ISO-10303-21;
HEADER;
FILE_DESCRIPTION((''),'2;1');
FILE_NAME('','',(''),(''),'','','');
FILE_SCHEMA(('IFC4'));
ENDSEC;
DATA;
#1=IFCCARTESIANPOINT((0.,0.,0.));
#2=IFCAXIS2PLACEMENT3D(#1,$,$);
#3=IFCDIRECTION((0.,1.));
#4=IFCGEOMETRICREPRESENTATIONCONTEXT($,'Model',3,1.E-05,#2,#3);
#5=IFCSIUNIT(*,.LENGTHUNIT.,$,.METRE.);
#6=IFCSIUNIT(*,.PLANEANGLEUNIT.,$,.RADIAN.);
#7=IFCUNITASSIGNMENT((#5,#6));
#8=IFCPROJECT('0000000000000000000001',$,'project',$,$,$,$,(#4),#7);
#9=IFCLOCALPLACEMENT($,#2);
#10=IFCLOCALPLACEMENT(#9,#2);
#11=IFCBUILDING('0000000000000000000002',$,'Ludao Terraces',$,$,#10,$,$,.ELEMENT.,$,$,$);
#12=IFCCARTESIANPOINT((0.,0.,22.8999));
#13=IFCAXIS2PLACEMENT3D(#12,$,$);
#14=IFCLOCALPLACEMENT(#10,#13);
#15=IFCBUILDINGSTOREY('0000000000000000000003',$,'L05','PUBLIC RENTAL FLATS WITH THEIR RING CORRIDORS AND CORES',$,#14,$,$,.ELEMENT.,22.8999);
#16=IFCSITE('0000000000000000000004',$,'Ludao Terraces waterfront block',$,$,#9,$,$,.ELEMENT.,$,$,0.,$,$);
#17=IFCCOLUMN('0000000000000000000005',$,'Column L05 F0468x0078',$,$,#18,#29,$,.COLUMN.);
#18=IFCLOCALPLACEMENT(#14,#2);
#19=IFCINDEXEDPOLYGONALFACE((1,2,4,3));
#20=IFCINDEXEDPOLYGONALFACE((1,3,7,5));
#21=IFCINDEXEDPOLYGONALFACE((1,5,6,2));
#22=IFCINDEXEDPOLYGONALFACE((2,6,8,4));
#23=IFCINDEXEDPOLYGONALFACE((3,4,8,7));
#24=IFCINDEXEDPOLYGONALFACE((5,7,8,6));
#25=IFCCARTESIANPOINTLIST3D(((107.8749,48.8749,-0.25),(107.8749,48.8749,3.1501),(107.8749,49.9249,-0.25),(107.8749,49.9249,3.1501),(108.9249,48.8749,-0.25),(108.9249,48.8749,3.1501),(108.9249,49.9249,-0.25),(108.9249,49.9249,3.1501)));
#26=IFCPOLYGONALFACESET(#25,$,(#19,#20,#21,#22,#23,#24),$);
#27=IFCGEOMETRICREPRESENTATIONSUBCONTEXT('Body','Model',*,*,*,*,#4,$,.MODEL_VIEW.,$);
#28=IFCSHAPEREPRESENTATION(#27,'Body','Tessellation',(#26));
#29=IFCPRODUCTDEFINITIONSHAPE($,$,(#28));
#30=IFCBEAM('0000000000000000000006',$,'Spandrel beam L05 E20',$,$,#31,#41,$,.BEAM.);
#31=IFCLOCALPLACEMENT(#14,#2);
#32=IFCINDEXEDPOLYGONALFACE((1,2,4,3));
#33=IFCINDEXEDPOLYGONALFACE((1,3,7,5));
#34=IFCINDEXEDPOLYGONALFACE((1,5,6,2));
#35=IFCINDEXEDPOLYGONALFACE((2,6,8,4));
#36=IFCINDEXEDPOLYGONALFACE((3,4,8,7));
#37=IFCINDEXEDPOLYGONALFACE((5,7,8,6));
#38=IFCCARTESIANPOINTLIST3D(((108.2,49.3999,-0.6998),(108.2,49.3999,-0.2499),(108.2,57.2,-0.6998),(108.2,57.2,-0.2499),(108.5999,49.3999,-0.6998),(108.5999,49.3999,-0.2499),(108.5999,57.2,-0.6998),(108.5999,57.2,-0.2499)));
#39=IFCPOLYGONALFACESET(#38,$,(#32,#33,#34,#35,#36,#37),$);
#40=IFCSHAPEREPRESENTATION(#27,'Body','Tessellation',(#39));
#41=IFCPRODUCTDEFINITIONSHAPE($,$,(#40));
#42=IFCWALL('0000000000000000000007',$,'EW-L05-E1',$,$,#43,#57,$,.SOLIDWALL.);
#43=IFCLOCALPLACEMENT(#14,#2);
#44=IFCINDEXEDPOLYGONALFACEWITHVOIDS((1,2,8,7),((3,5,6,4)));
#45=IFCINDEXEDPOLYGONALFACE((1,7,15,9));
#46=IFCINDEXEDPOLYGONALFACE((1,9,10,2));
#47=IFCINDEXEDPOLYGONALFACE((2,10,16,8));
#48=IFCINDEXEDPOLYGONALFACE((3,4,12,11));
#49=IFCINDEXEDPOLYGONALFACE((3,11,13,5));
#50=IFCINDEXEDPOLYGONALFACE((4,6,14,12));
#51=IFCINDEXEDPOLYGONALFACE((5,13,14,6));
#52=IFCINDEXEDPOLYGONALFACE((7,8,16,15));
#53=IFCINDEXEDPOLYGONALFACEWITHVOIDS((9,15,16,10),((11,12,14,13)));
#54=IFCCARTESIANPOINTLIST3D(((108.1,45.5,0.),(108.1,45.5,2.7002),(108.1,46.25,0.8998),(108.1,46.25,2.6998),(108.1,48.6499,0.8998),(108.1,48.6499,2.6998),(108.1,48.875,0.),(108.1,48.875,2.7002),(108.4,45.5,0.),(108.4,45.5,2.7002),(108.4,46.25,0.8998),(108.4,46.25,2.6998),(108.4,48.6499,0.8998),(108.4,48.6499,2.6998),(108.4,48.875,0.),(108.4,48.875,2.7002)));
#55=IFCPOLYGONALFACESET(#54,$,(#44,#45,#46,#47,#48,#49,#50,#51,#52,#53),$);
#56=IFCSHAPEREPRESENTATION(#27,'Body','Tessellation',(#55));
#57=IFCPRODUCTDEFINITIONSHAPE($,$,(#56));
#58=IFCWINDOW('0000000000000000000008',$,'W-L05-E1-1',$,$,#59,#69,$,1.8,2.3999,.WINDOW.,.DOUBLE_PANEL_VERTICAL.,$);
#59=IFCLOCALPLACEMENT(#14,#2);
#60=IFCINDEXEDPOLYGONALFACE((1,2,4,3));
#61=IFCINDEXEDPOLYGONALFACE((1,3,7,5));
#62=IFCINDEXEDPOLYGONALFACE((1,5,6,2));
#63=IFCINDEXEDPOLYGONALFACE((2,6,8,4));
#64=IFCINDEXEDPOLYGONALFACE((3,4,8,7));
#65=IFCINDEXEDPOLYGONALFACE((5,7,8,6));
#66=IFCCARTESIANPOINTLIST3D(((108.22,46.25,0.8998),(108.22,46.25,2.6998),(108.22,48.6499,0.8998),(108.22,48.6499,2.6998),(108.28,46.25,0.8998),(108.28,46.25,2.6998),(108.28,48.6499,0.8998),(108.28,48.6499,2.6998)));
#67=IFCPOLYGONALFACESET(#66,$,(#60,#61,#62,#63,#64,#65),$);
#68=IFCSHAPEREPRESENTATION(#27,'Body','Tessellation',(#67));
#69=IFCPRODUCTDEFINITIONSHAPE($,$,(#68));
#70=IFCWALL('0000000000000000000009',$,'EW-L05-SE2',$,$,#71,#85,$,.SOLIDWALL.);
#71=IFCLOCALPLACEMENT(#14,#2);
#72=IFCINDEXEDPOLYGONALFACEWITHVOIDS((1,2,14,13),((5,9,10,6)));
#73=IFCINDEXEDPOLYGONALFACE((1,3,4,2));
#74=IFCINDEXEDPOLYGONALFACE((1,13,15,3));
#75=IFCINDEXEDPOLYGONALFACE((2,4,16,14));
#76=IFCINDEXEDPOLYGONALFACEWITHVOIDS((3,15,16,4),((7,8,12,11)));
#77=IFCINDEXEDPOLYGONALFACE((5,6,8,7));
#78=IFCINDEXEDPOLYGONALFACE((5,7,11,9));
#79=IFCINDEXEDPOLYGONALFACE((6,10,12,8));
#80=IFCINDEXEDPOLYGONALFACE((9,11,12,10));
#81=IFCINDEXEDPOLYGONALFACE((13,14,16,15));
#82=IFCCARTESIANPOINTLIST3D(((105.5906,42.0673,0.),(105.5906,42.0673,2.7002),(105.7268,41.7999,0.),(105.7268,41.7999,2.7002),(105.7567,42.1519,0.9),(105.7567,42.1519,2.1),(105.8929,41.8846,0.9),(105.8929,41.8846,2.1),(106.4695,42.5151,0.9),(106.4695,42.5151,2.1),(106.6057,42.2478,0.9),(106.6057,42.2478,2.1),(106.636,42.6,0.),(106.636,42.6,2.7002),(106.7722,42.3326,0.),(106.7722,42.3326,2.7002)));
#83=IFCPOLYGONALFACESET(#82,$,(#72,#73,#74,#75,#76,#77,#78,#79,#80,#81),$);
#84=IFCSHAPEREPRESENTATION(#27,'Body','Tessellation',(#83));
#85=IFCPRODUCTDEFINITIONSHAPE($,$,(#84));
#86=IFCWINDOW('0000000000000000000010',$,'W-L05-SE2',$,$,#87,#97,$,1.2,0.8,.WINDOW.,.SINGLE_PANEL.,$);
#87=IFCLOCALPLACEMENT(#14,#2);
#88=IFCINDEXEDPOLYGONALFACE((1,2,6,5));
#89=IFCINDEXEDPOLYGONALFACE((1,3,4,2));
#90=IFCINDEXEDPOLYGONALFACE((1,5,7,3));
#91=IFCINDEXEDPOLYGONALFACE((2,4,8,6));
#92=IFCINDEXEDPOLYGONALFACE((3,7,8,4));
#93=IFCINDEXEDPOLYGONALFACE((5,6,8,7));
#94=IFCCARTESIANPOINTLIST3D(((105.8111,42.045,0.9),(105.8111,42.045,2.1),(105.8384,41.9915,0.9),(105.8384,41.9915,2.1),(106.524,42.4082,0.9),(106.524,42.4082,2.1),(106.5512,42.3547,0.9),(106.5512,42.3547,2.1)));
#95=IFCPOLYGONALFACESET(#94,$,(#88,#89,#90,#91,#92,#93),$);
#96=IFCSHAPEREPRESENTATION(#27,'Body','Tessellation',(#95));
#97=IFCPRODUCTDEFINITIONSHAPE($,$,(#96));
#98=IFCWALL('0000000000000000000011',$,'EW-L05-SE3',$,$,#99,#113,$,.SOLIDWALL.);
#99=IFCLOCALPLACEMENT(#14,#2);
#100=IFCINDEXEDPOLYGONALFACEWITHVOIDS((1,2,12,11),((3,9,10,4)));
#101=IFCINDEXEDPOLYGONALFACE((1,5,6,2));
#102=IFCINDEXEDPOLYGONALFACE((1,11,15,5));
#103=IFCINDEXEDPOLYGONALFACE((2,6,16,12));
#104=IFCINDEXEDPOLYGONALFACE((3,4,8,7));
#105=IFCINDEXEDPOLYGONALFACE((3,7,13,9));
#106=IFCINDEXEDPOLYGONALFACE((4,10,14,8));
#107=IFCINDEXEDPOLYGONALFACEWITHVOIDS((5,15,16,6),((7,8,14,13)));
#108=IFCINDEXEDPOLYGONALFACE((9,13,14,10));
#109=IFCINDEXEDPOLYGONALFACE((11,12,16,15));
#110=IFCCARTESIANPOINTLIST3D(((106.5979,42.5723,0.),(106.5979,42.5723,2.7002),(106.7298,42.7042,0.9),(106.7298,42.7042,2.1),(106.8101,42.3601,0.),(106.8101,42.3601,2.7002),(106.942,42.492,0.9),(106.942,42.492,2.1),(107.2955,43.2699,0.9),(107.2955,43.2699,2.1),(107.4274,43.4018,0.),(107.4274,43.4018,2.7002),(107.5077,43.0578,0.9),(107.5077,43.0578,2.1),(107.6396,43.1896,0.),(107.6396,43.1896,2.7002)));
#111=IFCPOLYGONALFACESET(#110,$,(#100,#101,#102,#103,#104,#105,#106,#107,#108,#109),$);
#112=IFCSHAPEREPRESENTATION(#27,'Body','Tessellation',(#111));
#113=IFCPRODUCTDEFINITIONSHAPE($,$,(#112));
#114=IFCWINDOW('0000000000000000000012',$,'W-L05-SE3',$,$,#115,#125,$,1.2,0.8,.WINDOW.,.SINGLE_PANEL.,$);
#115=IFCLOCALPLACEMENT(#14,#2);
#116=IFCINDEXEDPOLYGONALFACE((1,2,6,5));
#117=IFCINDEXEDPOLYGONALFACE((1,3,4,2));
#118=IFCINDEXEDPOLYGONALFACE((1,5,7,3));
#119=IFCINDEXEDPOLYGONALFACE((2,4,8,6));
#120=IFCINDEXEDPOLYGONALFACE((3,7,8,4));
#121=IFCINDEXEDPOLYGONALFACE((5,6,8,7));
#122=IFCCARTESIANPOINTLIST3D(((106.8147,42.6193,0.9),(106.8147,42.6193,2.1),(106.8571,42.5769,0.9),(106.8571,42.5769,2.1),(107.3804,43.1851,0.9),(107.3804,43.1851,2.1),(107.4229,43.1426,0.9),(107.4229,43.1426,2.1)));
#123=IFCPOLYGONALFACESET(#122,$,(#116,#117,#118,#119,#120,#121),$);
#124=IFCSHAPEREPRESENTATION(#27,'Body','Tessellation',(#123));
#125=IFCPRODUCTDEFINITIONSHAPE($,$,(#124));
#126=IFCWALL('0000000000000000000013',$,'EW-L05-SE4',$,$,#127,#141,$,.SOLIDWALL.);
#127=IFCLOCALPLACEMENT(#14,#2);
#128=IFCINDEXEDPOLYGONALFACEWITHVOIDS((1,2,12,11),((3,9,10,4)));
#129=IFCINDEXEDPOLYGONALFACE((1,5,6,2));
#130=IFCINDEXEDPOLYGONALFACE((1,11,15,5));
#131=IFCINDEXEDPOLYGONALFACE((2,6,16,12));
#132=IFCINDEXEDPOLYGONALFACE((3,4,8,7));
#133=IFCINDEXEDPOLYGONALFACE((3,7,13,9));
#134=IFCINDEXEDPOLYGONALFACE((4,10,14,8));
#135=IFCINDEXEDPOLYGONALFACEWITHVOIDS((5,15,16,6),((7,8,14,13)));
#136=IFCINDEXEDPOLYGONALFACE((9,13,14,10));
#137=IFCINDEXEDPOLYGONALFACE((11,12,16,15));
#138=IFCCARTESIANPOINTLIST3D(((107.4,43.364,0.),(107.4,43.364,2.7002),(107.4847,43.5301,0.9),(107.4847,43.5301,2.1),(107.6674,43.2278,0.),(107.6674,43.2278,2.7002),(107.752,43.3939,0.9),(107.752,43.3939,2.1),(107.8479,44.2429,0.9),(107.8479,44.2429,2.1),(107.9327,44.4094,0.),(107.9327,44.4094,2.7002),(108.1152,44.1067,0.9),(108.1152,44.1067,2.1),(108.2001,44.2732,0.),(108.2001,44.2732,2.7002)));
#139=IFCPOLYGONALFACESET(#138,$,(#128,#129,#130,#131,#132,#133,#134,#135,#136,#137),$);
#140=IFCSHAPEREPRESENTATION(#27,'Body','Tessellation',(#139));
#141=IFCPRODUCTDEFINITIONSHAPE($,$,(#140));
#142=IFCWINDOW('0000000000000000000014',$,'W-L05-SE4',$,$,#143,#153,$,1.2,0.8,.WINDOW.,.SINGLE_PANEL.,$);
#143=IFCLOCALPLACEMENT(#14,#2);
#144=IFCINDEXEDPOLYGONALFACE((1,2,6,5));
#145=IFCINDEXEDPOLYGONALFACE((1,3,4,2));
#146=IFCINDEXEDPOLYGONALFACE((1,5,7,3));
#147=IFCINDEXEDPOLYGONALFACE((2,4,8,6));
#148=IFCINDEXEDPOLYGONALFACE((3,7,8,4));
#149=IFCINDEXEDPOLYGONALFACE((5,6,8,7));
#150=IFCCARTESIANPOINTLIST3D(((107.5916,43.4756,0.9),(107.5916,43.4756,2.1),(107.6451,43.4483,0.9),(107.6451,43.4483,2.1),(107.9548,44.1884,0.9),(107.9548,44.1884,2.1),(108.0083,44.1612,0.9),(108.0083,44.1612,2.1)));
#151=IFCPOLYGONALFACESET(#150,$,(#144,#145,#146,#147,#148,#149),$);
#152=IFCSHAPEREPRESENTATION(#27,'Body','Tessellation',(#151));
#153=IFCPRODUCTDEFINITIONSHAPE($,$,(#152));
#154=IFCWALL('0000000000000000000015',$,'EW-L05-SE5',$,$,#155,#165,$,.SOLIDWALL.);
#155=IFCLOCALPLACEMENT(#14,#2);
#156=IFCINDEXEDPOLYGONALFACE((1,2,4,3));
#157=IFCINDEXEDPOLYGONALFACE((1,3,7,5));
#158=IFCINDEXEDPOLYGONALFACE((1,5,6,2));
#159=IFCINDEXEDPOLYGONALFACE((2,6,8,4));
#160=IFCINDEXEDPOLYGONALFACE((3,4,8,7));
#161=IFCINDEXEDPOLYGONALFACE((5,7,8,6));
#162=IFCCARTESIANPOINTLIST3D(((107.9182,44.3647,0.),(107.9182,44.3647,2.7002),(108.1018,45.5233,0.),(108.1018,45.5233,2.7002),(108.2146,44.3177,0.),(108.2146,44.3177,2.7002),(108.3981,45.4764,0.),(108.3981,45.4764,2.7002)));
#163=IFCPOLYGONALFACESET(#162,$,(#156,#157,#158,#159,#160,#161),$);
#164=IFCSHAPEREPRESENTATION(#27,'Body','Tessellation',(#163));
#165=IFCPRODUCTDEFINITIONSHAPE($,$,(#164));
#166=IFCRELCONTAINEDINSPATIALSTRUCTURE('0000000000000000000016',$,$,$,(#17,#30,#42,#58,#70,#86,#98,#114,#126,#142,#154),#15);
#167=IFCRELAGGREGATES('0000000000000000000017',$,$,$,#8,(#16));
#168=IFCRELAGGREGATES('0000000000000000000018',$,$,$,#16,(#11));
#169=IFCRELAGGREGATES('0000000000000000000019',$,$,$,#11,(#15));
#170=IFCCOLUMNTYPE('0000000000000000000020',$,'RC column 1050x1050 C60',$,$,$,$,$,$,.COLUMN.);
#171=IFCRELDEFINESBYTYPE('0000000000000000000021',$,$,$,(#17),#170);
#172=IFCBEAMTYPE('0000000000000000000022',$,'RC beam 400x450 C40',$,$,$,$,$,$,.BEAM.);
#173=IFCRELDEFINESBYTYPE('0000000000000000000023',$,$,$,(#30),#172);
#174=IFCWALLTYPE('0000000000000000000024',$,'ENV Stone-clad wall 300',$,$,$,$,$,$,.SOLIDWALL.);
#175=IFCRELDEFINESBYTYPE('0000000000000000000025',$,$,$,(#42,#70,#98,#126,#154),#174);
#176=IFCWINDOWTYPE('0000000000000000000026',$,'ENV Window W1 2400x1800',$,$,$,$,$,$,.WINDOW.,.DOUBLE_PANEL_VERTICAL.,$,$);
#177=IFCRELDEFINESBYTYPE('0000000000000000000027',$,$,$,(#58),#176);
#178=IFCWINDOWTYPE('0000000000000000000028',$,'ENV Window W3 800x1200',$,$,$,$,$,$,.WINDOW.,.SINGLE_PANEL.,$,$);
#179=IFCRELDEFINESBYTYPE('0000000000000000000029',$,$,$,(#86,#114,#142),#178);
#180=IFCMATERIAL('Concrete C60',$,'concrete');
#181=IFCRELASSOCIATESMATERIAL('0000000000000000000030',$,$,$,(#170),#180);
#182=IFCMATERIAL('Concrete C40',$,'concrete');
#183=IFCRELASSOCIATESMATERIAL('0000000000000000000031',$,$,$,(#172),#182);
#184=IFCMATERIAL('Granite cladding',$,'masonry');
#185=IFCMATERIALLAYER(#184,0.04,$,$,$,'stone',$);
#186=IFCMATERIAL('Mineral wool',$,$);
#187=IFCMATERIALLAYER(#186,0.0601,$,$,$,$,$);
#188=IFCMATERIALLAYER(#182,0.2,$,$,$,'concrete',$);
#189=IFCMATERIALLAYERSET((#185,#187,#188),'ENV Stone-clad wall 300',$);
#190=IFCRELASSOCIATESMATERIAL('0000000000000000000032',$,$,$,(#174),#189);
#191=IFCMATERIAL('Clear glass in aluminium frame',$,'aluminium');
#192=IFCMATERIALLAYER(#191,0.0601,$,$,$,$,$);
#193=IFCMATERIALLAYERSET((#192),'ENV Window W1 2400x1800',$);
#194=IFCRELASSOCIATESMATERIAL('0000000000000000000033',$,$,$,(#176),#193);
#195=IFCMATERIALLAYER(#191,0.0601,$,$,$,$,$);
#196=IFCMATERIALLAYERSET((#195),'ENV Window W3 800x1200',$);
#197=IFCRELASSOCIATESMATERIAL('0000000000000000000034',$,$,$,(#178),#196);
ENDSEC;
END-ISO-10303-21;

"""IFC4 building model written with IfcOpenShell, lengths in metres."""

from ifc_helpers import new_model, si_unit, direction, frame, frame_2d, origin, origin_2d, place, context, subcontext, project, spatial, rectangle, extrude, material, layer, layer_set, material_profile, profile_set, type_object, element, fill, save


model = new_model("IFC4")

# Units and contexts
model_context = context("Model", 3, precision=1e-05, world=origin(), true_north=direction((0.0, 1.0)))
body_context = subcontext(model_context, "Body", "Model", "MODEL_VIEW")
ifc_project = project(units=[si_unit("LENGTHUNIT", "METRE"), si_unit("PLANEANGLEUNIT", "RADIAN")], contexts=[model_context])

# Site, building, storey
site_placement = place(None, origin())
site = spatial("IfcSite", under=ifc_project, at=site_placement, Name="Ludao Terraces waterfront block", CompositionType="ELEMENT", RefElevation=0.0)
building_placement = place(site_placement, origin())
building = spatial("IfcBuilding", under=site, at=building_placement, Name="Ludao Terraces", CompositionType="ELEMENT")
storey_placement = place(building_placement, frame((0.0, 0.0, 22.8999)))
storey = spatial("IfcBuildingStorey", under=building, at=storey_placement, Name="L05", Description="PUBLIC RENTAL FLATS WITH THEIR RING CORRIDORS AND CORES", CompositionType="ELEMENT", Elevation=22.8999)

# Column
ifc_material_1 = material(Name="Concrete C60", Category="concrete")
ifc_material_profile_1 = material_profile(ifc_material_1, rectangle(XDim=1.05, YDim=1.05, at=origin_2d()), Name="1050 X 1050")
ifc_profile_set_1 = profile_set([ifc_material_profile_1], Name="Concrete C60")
column_type = type_object("IfcColumnType", Name="RC column 1050x1050 C60", PredefinedType="COLUMN", material=ifc_profile_set_1)
column_placement = place(storey_placement, frame((108.3999, 49.3999, -0.25), z_axis=(0.0, 0.0, 1.0), x_axis=(1.0, 0.0, 0.0)))
element("IfcColumn", 1, at=column_placement, inside=storey, type_object=column_type, Name="Column L05 F0468x0078", PredefinedType="COLUMN", context=body_context, shape_type="SweptSolid", body=[
    extrude(rectangle(XDim=1.05, YDim=1.05, at=origin_2d()), origin(), (0.0, 0.0, 1.0), 3.4001),
])

# Beam
ifc_material_2 = material(Name="Concrete C40", Category="concrete")
ifc_material_profile_2 = material_profile(ifc_material_2, rectangle(XDim=0.3999, YDim=0.45, at=origin_2d()), Name="400 X 450")
ifc_profile_set_2 = profile_set([ifc_material_profile_2], Name="Concrete C40")
beam_type = type_object("IfcBeamType", Name="RC beam 400x450 C40", PredefinedType="BEAM", material=ifc_profile_set_2)
beam_placement = place(storey_placement, frame((108.3999, 49.3999, -0.4749), z_axis=(0.0, 1.0, 0.0), x_axis=(-1.0, 0.0, 0.0)))
element("IfcBeam", 2, at=beam_placement, inside=storey, type_object=beam_type, Name="Spandrel beam L05 E20", PredefinedType="BEAM", context=body_context, shape_type="SweptSolid", body=[
    extrude(rectangle(XDim=0.3999, YDim=0.45, at=origin_2d()), origin(), (0.0, 0.0, 1.0), 7.8),
])

# Walls, openings, windows
ifc_material_3 = material(Name="Granite cladding", Category="masonry")
ifc_layer_1 = layer(ifc_material_3, 0.04, Category="stone")
ifc_material_4 = material(Name="Mineral wool")
ifc_layer_2 = layer(ifc_material_4, 0.0601)
ifc_layer_3 = layer(ifc_material_2, 0.2, Category="concrete")
ifc_layer_set_1 = layer_set([ifc_layer_1, ifc_layer_2, ifc_layer_3], Name="ENV Stone-clad wall 300")
wall_type = type_object("IfcWallType", Name="ENV Stone-clad wall 300", PredefinedType="SOLIDWALL", material=ifc_layer_set_1)
wall_1_placement = place(storey_placement, frame((108.25, 45.5, 0.0), z_axis=(0.0, 0.0, 1.0), x_axis=(0.0, 1.0, 0.0)))
wall_1 = element("IfcWall", 3, at=wall_1_placement, inside=storey, type_object=wall_type, Name="EW-L05-E1", PredefinedType="SOLIDWALL", context=body_context, shape_type="SweptSolid", body=[
    extrude(rectangle(XDim=3.375, YDim=0.3, at=frame_2d((1.6875, 0.0))), origin(), (0.0, 0.0, 1.0), 2.7002),
])
opening_1_placement = place(wall_1_placement, frame((0.75, 0.0, 0.8999)))
opening_1 = element("IfcOpeningElement", 4, at=opening_1_placement, cuts=wall_1, PredefinedType="OPENING", context=body_context, shape_type="SweptSolid", body=[
    extrude(rectangle(XDim=2.3999, YDim=1.8, at=frame_2d((1.2, 0.8999))), frame((0.0, 0.1602, 0.0), z_axis=(0.0, -1.0, 0.0), x_axis=(1.0, 0.0, 0.0)), (0.0, 0.0, 1.0), 0.3201),
])
ifc_material_5 = material(Name="Clear glass in aluminium frame", Category="aluminium")
ifc_layer_4 = layer(ifc_material_5, 0.0601)
ifc_layer_set_2 = layer_set([ifc_layer_4], Name="ENV Window W1 2400x1800")
window_type_1 = type_object("IfcWindowType", Name="ENV Window W1 2400x1800", PartitioningType="DOUBLE_PANEL_VERTICAL", PredefinedType="WINDOW", material=ifc_layer_set_2)
window_1_placement = place(opening_1_placement, origin())
window_1 = element("IfcWindow", 5, at=window_1_placement, inside=storey, type_object=window_type_1, Name="W-L05-E1-1", OverallHeight=1.8, OverallWidth=2.3999, PartitioningType="DOUBLE_PANEL_VERTICAL", PredefinedType="WINDOW", context=body_context, shape_type="SweptSolid", body=[
    extrude(rectangle(XDim=2.3999, YDim=1.8, at=frame_2d((1.2, 0.8999))), frame((0.0, 0.03, 0.0), z_axis=(0.0, -1.0, 0.0), x_axis=(1.0, 0.0, 0.0)), (0.0, 0.0, 1.0), 0.0601),
])
fill(opening_1, window_1)
wall_2_placement = place(storey_placement, frame((105.6587, 41.9336, 0.0), z_axis=(0.0, 0.0, 1.0), x_axis=(0.890989, 0.454026, 0.0)))
wall_2 = element("IfcWall", 6, at=wall_2_placement, inside=storey, type_object=wall_type, Name="EW-L05-SE2", PredefinedType="SOLIDWALL", context=body_context, shape_type="SweptSolid", body=[
    extrude(rectangle(XDim=1.1733, YDim=0.3, at=frame_2d((0.5867, 0.0))), origin(), (0.0, 0.0, 1.0), 2.7002),
])
opening_2_placement = place(wall_2_placement, frame((0.1865, 0.0, 0.8999)))
opening_2 = element("IfcOpeningElement", 7, at=opening_2_placement, cuts=wall_2, PredefinedType="OPENING", context=body_context, shape_type="SweptSolid", body=[
    extrude(rectangle(XDim=0.8, YDim=1.2, at=frame_2d((0.3999, 0.6001))), frame((0.0, 0.1602, 0.0), z_axis=(0.0, -1.0, 0.0), x_axis=(1.0, 0.0, 0.0)), (0.0, 0.0, 1.0), 0.3201),
])
ifc_layer_5 = layer(ifc_material_5, 0.0601)
ifc_layer_set_3 = layer_set([ifc_layer_5], Name="ENV Window W3 800x1200")
window_type_2 = type_object("IfcWindowType", Name="ENV Window W3 800x1200", PartitioningType="SINGLE_PANEL", PredefinedType="WINDOW", material=ifc_layer_set_3)
window_2_placement = place(opening_2_placement, origin())
window_2 = element("IfcWindow", 8, at=window_2_placement, inside=storey, type_object=window_type_2, Name="W-L05-SE2", OverallHeight=1.2, OverallWidth=0.8, PartitioningType="SINGLE_PANEL", PredefinedType="WINDOW", context=body_context, shape_type="SweptSolid", body=[
    extrude(rectangle(XDim=0.8, YDim=1.2, at=frame_2d((0.3999, 0.6001))), frame((0.0, 0.03, 0.0), z_axis=(0.0, -1.0, 0.0), x_axis=(1.0, 0.0, 0.0)), (0.0, 0.0, 1.0), 0.0601),
])
fill(opening_2, window_2)
wall_3_placement = place(storey_placement, frame((106.7041, 42.4663, 0.0), z_axis=(0.0, 0.0, 1.0), x_axis=(0.707107, 0.707107, 0.0)))
wall_3 = element("IfcWall", 9, at=wall_3_placement, inside=storey, type_object=wall_type, Name="EW-L05-SE3", PredefinedType="SOLIDWALL", context=body_context, shape_type="SweptSolid", body=[
    extrude(rectangle(XDim=1.1731, YDim=0.3, at=frame_2d((0.5864, 0.0))), origin(), (0.0, 0.0, 1.0), 2.7002),
])
opening_3_placement = place(wall_3_placement, frame((0.1865, 0.0, 0.8999)))
opening_3 = element("IfcOpeningElement", 10, at=opening_3_placement, cuts=wall_3, PredefinedType="OPENING", context=body_context, shape_type="SweptSolid", body=[
    extrude(rectangle(XDim=0.8, YDim=1.2, at=frame_2d((0.3999, 0.6001))), frame((0.0, 0.1602, 0.0), z_axis=(0.0, -1.0, 0.0), x_axis=(1.0, 0.0, 0.0)), (0.0, 0.0, 1.0), 0.3201),
])
window_3_placement = place(opening_3_placement, origin())
window_3 = element("IfcWindow", 11, at=window_3_placement, inside=storey, type_object=window_type_2, Name="W-L05-SE3", OverallHeight=1.2, OverallWidth=0.8, PartitioningType="SINGLE_PANEL", PredefinedType="WINDOW", context=body_context, shape_type="SweptSolid", body=[
    extrude(rectangle(XDim=0.8, YDim=1.2, at=frame_2d((0.3999, 0.6001))), frame((0.0, 0.03, 0.0), z_axis=(0.0, -1.0, 0.0), x_axis=(1.0, 0.0, 0.0)), (0.0, 0.0, 1.0), 0.0601),
])
fill(opening_3, window_3)
wall_4_placement = place(storey_placement, frame((107.5337, 43.2959, 0.0), z_axis=(0.0, 0.0, 1.0), x_axis=(0.454026, 0.890989, 0.0)))
wall_4 = element("IfcWall", 12, at=wall_4_placement, inside=storey, type_object=wall_type, Name="EW-L05-SE4", PredefinedType="SOLIDWALL", context=body_context, shape_type="SweptSolid", body=[
    extrude(rectangle(XDim=1.1733, YDim=0.3, at=frame_2d((0.5867, 0.0))), origin(), (0.0, 0.0, 1.0), 2.7002),
])
opening_4_placement = place(wall_4_placement, frame((0.1865, 0.0, 0.8999)))
opening_4 = element("IfcOpeningElement", 13, at=opening_4_placement, cuts=wall_4, PredefinedType="OPENING", context=body_context, shape_type="SweptSolid", body=[
    extrude(rectangle(XDim=0.8, YDim=1.2, at=frame_2d((0.3999, 0.6001))), frame((0.0, 0.1602, 0.0), z_axis=(0.0, -1.0, 0.0), x_axis=(1.0, 0.0, 0.0)), (0.0, 0.0, 1.0), 0.3201),
])
window_4_placement = place(opening_4_placement, origin())
window_4 = element("IfcWindow", 14, at=window_4_placement, inside=storey, type_object=window_type_2, Name="W-L05-SE4", OverallHeight=1.2, OverallWidth=0.8, PartitioningType="SINGLE_PANEL", PredefinedType="WINDOW", context=body_context, shape_type="SweptSolid", body=[
    extrude(rectangle(XDim=0.8, YDim=1.2, at=frame_2d((0.3999, 0.6001))), frame((0.0, 0.03, 0.0), z_axis=(0.0, -1.0, 0.0), x_axis=(1.0, 0.0, 0.0)), (0.0, 0.0, 1.0), 0.0601),
])
fill(opening_4, window_4)

# Wall
wall_5_placement = place(storey_placement, frame((108.0664, 44.3413, 0.0), z_axis=(0.0, 0.0, 1.0), x_axis=(0.156497, 0.987678, 0.0)))
element("IfcWall", 15, at=wall_5_placement, inside=storey, type_object=wall_type, Name="EW-L05-SE5", PredefinedType="SOLIDWALL", context=body_context, shape_type="SweptSolid", body=[
    extrude(rectangle(XDim=1.1731, YDim=0.3, at=frame_2d((0.5864, 0.0))), origin(), (0.0, 0.0, 1.0), 2.7002),
])

save(model, "model.ifc")
